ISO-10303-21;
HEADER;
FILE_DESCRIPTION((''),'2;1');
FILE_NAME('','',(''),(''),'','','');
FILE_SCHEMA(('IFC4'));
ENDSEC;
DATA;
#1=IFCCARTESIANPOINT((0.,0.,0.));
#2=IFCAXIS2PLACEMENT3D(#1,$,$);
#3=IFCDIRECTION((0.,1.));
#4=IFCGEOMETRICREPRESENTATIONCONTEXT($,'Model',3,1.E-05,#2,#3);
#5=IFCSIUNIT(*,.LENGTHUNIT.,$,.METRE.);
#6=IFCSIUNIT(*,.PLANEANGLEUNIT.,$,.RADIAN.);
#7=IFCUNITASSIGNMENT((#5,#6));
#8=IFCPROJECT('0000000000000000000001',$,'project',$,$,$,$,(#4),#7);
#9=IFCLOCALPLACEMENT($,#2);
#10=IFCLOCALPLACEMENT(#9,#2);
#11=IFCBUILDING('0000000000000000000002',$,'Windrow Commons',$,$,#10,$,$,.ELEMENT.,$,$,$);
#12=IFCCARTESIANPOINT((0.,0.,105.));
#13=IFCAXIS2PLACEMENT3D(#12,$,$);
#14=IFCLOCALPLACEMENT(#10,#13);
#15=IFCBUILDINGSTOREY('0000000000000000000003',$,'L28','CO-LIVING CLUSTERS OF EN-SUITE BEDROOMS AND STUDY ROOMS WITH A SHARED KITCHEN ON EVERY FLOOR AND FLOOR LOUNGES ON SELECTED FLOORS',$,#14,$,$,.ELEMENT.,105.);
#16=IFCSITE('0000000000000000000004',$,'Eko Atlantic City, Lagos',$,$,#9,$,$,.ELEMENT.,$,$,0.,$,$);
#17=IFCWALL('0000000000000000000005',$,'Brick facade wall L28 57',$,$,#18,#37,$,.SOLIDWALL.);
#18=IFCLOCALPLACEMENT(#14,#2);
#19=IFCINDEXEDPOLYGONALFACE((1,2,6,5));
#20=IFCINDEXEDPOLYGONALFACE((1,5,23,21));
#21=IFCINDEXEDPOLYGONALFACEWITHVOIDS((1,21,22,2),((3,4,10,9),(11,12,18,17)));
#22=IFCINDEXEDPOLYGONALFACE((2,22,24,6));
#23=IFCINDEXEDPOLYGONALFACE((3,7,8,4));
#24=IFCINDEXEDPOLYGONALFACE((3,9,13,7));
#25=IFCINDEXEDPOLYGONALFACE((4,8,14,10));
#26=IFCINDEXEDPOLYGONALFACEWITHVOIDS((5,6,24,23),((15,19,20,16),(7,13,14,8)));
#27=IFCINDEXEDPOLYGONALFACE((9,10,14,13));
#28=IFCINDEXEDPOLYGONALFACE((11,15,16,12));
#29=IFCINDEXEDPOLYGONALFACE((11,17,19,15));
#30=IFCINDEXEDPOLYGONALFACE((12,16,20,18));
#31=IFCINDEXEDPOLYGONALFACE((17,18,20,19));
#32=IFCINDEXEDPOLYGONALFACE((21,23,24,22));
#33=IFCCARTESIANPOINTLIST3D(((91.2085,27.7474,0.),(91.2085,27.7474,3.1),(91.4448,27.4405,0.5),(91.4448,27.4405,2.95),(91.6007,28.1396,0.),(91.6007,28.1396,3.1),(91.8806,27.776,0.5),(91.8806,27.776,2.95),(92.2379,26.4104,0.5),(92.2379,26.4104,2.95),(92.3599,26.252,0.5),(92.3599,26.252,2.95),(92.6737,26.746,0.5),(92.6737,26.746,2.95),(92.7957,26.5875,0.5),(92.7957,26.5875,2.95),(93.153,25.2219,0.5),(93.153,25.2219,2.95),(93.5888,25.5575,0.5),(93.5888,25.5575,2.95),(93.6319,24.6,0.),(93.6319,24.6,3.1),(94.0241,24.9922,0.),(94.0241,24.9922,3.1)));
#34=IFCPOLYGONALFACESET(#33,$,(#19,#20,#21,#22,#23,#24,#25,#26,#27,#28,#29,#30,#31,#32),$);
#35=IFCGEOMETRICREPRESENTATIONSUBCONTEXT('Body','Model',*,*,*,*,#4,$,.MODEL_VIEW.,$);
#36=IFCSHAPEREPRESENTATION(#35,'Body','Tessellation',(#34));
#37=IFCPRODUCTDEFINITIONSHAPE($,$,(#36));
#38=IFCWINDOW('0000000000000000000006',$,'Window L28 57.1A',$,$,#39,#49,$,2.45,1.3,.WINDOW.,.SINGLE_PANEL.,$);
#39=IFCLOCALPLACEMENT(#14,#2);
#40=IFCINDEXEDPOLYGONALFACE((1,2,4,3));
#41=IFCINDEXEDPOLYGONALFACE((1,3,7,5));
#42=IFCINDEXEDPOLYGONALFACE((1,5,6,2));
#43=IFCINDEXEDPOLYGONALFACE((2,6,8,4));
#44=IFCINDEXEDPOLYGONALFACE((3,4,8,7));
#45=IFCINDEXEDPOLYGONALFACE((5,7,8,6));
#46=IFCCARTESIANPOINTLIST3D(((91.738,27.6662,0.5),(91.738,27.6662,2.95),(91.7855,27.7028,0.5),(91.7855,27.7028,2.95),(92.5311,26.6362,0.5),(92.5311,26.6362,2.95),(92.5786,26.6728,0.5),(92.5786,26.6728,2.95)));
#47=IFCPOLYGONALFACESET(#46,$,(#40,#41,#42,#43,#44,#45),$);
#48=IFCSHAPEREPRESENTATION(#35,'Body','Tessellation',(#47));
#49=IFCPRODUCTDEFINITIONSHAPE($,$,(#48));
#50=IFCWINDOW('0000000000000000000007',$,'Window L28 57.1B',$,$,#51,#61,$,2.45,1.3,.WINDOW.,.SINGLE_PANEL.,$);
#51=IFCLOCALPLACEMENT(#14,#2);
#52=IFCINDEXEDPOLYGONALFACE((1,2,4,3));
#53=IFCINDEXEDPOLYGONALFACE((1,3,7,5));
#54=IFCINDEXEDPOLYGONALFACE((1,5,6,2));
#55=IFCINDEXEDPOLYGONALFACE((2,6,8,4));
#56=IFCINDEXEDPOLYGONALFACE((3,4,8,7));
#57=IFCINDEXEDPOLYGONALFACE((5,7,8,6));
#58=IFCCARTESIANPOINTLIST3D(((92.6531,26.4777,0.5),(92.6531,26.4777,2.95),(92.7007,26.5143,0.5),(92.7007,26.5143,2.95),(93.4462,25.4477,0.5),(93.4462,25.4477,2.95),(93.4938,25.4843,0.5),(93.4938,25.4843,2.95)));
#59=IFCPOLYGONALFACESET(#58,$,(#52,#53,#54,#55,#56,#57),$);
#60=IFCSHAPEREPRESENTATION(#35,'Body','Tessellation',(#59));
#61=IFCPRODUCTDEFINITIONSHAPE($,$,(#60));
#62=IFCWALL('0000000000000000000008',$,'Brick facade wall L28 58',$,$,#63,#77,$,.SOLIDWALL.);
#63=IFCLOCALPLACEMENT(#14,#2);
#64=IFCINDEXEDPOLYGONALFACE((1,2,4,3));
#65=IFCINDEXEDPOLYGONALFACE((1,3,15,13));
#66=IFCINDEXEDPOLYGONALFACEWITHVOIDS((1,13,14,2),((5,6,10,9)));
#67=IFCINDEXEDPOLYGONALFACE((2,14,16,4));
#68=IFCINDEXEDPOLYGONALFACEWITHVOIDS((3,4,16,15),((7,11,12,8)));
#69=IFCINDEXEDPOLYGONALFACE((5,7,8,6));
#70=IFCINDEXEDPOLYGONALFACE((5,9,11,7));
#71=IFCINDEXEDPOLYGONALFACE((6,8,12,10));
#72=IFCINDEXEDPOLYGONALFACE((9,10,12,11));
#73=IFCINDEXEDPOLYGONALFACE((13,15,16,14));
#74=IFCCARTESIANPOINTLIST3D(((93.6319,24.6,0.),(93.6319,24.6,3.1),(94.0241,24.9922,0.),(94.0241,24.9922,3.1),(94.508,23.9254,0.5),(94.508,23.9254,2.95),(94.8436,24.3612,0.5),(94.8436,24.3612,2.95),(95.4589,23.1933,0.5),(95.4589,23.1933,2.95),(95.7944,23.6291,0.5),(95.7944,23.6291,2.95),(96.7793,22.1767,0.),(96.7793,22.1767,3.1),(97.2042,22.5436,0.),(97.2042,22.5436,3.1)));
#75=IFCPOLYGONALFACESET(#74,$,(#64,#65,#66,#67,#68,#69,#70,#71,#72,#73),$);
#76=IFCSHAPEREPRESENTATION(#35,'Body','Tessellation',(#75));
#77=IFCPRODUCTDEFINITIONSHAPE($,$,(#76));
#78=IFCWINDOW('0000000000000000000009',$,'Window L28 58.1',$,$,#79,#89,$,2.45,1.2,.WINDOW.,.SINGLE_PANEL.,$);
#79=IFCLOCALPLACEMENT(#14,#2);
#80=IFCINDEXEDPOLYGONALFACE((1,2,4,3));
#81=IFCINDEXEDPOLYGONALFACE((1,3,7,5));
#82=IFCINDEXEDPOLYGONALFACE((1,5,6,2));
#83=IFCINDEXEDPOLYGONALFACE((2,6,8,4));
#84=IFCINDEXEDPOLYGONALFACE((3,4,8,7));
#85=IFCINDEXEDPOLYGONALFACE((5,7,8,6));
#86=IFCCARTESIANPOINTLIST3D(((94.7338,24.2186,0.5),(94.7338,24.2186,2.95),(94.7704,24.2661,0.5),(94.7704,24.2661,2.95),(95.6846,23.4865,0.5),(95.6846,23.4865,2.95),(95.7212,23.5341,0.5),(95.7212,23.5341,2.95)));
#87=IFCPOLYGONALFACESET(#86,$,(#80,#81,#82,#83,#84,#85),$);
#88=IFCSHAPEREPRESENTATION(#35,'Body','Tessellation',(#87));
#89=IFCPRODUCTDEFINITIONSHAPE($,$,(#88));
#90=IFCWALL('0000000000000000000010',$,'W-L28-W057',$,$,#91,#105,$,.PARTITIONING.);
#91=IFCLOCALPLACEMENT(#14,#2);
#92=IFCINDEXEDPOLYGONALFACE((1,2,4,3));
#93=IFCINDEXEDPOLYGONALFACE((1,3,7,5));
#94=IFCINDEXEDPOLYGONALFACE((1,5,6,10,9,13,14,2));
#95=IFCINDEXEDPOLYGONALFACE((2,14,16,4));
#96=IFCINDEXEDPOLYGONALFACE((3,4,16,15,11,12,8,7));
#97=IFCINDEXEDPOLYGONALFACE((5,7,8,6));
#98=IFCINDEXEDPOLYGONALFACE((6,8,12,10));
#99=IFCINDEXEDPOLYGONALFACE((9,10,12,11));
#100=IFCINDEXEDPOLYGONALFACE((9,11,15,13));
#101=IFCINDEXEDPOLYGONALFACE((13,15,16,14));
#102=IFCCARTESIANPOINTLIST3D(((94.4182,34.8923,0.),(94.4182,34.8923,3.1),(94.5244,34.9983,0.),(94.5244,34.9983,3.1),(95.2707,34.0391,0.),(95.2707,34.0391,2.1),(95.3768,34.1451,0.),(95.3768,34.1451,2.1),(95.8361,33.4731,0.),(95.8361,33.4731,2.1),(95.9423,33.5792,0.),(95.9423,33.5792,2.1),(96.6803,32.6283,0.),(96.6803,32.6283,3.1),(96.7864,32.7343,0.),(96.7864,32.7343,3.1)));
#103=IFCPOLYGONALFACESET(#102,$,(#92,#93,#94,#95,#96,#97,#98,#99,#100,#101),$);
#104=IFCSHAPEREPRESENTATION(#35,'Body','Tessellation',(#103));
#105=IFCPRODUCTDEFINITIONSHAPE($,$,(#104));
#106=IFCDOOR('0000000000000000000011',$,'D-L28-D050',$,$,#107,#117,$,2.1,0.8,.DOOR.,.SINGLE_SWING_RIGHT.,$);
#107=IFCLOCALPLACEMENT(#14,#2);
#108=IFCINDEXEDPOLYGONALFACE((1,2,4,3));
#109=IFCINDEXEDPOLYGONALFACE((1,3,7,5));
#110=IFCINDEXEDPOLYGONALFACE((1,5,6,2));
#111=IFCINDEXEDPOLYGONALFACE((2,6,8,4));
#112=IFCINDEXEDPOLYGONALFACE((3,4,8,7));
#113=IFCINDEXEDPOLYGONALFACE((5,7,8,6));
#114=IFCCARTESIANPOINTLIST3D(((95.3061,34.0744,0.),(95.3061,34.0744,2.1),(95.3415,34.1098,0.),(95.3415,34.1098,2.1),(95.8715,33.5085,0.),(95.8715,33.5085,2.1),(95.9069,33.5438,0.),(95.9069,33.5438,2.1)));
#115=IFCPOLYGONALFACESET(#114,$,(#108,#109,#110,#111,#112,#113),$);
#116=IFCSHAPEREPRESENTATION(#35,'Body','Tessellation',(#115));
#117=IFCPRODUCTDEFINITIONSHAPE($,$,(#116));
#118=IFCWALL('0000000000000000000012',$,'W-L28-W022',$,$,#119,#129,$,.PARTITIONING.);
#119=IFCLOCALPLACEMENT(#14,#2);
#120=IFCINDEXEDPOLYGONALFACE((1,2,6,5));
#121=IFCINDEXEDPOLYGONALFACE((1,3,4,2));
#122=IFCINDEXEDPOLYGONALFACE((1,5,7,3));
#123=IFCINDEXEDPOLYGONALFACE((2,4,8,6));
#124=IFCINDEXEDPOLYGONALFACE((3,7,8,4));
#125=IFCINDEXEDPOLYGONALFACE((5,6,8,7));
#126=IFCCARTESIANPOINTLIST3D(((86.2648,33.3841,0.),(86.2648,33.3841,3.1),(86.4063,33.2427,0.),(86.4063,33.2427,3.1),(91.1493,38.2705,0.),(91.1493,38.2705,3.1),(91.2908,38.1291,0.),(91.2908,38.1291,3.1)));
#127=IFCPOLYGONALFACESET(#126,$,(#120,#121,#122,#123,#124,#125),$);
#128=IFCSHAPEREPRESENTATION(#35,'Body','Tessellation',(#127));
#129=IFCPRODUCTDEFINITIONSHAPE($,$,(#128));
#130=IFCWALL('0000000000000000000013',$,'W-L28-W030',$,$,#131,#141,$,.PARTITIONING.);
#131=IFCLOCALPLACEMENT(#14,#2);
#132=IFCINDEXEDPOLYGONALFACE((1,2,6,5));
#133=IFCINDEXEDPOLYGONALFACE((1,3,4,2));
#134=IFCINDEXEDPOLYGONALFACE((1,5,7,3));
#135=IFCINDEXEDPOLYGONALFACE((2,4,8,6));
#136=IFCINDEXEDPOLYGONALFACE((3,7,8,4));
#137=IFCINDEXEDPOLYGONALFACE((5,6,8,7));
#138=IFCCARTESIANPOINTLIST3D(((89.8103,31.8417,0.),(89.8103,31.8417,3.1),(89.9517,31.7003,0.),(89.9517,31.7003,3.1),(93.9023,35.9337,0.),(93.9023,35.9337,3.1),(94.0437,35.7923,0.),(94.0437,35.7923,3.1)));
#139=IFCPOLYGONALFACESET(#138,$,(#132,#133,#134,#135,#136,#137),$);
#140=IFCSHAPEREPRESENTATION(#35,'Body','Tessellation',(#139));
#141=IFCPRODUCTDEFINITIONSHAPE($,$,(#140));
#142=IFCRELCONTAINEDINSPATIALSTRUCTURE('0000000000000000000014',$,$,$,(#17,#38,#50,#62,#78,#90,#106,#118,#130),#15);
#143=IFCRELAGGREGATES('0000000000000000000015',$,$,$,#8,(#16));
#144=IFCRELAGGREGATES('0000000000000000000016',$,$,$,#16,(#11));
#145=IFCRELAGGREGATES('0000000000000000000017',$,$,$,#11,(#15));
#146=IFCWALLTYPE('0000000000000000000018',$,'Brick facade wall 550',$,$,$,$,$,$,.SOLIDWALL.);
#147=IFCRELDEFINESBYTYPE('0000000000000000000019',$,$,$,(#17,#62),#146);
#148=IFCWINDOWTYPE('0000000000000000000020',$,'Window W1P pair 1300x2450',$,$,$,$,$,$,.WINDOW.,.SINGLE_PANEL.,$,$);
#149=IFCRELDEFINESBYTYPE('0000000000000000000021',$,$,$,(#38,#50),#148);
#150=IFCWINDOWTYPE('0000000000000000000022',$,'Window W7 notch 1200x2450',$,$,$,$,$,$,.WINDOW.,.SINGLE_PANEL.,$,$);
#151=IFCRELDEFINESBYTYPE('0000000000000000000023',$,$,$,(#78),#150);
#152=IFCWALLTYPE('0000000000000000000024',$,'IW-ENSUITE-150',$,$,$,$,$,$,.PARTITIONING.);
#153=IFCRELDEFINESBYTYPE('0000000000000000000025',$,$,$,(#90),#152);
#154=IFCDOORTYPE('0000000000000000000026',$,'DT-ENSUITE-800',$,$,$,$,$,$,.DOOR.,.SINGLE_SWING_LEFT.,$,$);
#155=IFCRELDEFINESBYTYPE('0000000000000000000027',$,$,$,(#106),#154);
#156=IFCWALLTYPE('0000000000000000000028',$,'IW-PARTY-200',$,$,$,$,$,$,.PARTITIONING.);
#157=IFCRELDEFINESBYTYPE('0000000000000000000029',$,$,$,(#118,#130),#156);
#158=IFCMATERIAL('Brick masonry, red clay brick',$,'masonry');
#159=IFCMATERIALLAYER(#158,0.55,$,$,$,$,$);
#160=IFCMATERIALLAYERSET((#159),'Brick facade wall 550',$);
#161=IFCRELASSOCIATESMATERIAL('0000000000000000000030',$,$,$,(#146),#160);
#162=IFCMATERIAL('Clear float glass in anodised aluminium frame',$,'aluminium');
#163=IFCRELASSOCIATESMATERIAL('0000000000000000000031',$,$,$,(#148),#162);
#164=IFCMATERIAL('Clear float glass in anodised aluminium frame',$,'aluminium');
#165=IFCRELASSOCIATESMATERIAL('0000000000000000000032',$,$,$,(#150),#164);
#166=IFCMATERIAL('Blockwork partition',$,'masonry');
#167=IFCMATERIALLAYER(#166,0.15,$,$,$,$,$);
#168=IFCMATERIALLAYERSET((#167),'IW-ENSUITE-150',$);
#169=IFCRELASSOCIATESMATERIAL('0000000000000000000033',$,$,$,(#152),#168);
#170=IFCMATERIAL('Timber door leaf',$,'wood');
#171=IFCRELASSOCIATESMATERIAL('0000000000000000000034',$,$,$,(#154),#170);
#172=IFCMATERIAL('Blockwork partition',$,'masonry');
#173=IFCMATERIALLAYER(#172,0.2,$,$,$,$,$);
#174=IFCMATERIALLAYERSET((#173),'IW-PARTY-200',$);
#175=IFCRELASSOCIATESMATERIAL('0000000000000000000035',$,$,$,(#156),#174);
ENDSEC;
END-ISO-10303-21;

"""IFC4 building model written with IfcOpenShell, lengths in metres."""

from ifc_helpers import new_model, si_unit, direction, frame, frame_2d, origin, place, context, subcontext, project, spatial, polyline, rectangle, outline, extrude, material, layer, layer_set, type_object, element, fill, save


model = new_model("IFC4")

# Units and contexts
model_context = context("Model", 3, precision=1e-05, world=origin(), true_north=direction((0.0, 1.0)))
body_context = subcontext(model_context, "Body", "Model", "MODEL_VIEW")
ifc_project = project(units=[si_unit("LENGTHUNIT", "METRE"), si_unit("PLANEANGLEUNIT", "RADIAN")], contexts=[model_context])

# Site, building, storey
site_placement = place(None, origin())
site = spatial("IfcSite", under=ifc_project, at=site_placement, Name="Eko Atlantic City, Lagos", CompositionType="ELEMENT", RefElevation=0.0)
building_placement = place(site_placement, origin())
building = spatial("IfcBuilding", under=site, at=building_placement, Name="Windrow Commons", CompositionType="ELEMENT")
storey_placement = place(building_placement, frame((0.0, 0.0, 105.0)))
storey = spatial("IfcBuildingStorey", under=building, at=storey_placement, Name="L28", Description="CO-LIVING CLUSTERS OF EN-SUITE BEDROOMS AND STUDY ROOMS WITH A SHARED KITCHEN ON EVERY FLOOR AND FLOOR LOUNGES ON SELECTED FLOORS", CompositionType="ELEMENT", Elevation=105.0)

# Wall, openings, windows
ifc_material_1 = material(Name="Brick masonry, red clay brick", Category="masonry")
ifc_layer_1 = layer(ifc_material_1, 0.55)
ifc_layer_set_1 = layer_set([ifc_layer_1], Name="Brick facade wall 550")
wall_type_1 = type_object("IfcWallType", Name="Brick facade wall 550", PredefinedType="SOLIDWALL", material=ifc_layer_set_1)
ifc_material_2 = material(Name="Clear float glass in anodised aluminium frame", Category="aluminium")
window_type_1 = type_object("IfcWindowType", Name="Window W1P pair 1300x2450", PartitioningType="SINGLE_PANEL", PredefinedType="WINDOW", material=ifc_material_2)
wall_1_placement = place(storey_placement, frame((91.4046, 27.9435, 0.0), z_axis=(0.0, 0.0, 1.0), x_axis=(0.610078, -0.792341, 0.0)))
wall_1 = element("IfcWall", 1, at=wall_1_placement, inside=storey, type_object=wall_type_1, Name="Brick facade wall L28 57", PredefinedType="SOLIDWALL", context=body_context, shape_type="SweptSolid", body=[
    extrude(outline(polyline([(0.0357, -0.275), (4.008, -0.275), (3.9365, 0.275), (-0.0357, 0.275), (0.0357, -0.275)])), origin(), (0.0, 0.0, 1.0), 3.1),
])
opening_1_placement = place(wall_1_placement, frame((0.4231, 0.0, 0.5)))
opening_1 = element("IfcOpeningElement", 2, at=opening_1_placement, cuts=wall_1, PredefinedType="OPENING", context=body_context, shape_type="SweptSolid", body=[
    extrude(rectangle(XDim=1.3, YDim=2.45, at=frame_2d((0.65, 1.225))), frame((0.0, 0.285, 0.0), z_axis=(0.0, -1.0, 0.0), x_axis=(1.0, 0.0, 0.0)), (0.0, 0.0, 1.0), 0.57),
])
opening_2_placement = place(wall_1_placement, frame((1.9231, 0.0, 0.5)))
opening_2 = element("IfcOpeningElement", 3, at=opening_2_placement, cuts=wall_1, PredefinedType="OPENING", context=body_context, shape_type="SweptSolid", body=[
    extrude(rectangle(XDim=1.3, YDim=2.45, at=frame_2d((0.65, 1.225))), frame((0.0, 0.285, 0.0), z_axis=(0.0, -1.0, 0.0), x_axis=(1.0, 0.0, 0.0)), (0.0, 0.0, 1.0), 0.57),
])
window_1_placement = place(opening_1_placement, origin())
window_1 = element("IfcWindow", 4, at=window_1_placement, inside=storey, type_object=window_type_1, Name="Window L28 57.1A", OverallHeight=2.45, OverallWidth=1.3, PartitioningType="SINGLE_PANEL", PredefinedType="WINDOW", context=body_context, shape_type="SweptSolid", body=[
    extrude(rectangle(XDim=1.3, YDim=2.45, at=frame_2d((0.65, 1.225))), frame((0.0, 0.155, 0.0), z_axis=(0.0, -1.0, 0.0), x_axis=(1.0, 0.0, 0.0)), (0.0, 0.0, 1.0), 0.06),
])
fill(opening_1, window_1)
window_2_placement = place(opening_2_placement, origin())
window_2 = element("IfcWindow", 5, at=window_2_placement, inside=storey, type_object=window_type_1, Name="Window L28 57.1B", OverallHeight=2.45, OverallWidth=1.3, PartitioningType="SINGLE_PANEL", PredefinedType="WINDOW", context=body_context, shape_type="SweptSolid", body=[
    extrude(rectangle(XDim=1.3, YDim=2.45, at=frame_2d((0.65, 1.225))), frame((0.0, 0.155, 0.0), z_axis=(0.0, -1.0, 0.0), x_axis=(1.0, 0.0, 0.0)), (0.0, 0.0, 1.0), 0.06),
])
fill(opening_2, window_2)

# Wall, opening, window
wall_2_placement = place(storey_placement, frame((93.828, 24.7961, 0.0), z_axis=(0.0, 0.0, 1.0), x_axis=(0.792347, -0.61007, 0.0)))
wall_2 = element("IfcWall", 6, at=wall_2_placement, inside=storey, type_object=wall_type_1, Name="Brick facade wall L28 58", PredefinedType="SOLIDWALL", context=body_context, shape_type="SweptSolid", body=[
    extrude(outline(polyline([(-0.0357, -0.275), (3.9365, -0.275), (4.0493, 0.275), (0.0357, 0.275), (-0.0357, -0.275)])), origin(), (0.0, 0.0, 1.0), 3.1),
])
opening_3_placement = place(wall_2_placement, frame((1.07, 0.0, 0.5)))
opening_3 = element("IfcOpeningElement", 7, at=opening_3_placement, cuts=wall_2, PredefinedType="OPENING", context=body_context, shape_type="SweptSolid", body=[
    extrude(rectangle(XDim=1.2, YDim=2.45, at=frame_2d((0.6, 1.225))), frame((0.0, 0.285, 0.0), z_axis=(0.0, -1.0, 0.0), x_axis=(1.0, 0.0, 0.0)), (0.0, 0.0, 1.0), 0.57),
])
ifc_material_3 = material(Name="Clear float glass in anodised aluminium frame", Category="aluminium")
window_type_2 = type_object("IfcWindowType", Name="Window W7 notch 1200x2450", PartitioningType="SINGLE_PANEL", PredefinedType="WINDOW", material=ifc_material_3)
window_3_placement = place(opening_3_placement, origin())
window_3 = element("IfcWindow", 8, at=window_3_placement, inside=storey, type_object=window_type_2, Name="Window L28 58.1", OverallHeight=2.45, OverallWidth=1.2, PartitioningType="SINGLE_PANEL", PredefinedType="WINDOW", context=body_context, shape_type="SweptSolid", body=[
    extrude(rectangle(XDim=1.2, YDim=2.45, at=frame_2d((0.6, 1.225))), frame((0.0, 0.155, 0.0), z_axis=(0.0, -1.0, 0.0), x_axis=(1.0, 0.0, 0.0)), (0.0, 0.0, 1.0), 0.06),
])
fill(opening_3, window_3)

# Wall, opening, door
ifc_material_4 = material(Name="Blockwork partition", Category="masonry")
ifc_layer_2 = layer(ifc_material_4, 0.15)
ifc_layer_set_2 = layer_set([ifc_layer_2], Name="IW-ENSUITE-150")
wall_type_2 = type_object("IfcWallType", Name="IW-ENSUITE-150", PredefinedType="PARTITIONING", material=ifc_layer_set_2)
wall_3_placement = place(storey_placement, frame((94.4713, 34.9453, 0.0), z_axis=(0.0, 0.0, 1.0), x_axis=(0.706794, -0.707419, 0.0)))
wall_3 = element("IfcWall", 9, at=wall_3_placement, inside=storey, type_object=wall_type_2, Name="W-L28-W057", PredefinedType="PARTITIONING", context=body_context, shape_type="SweptSolid", body=[
    extrude(rectangle(XDim=3.2004, YDim=0.15, at=frame_2d((1.6002, 0.0))), origin(), (0.0, 0.0, 1.0), 3.1),
])
opening_4_placement = place(wall_3_placement, frame((1.2061, 0.0, 0.0)))
opening_4 = element("IfcOpeningElement", 10, at=opening_4_placement, cuts=wall_3, PredefinedType="OPENING", context=body_context, shape_type="SweptSolid", body=[
    extrude(rectangle(XDim=0.8, YDim=2.1, at=frame_2d((0.4, 1.05))), frame((0.0, 0.085, 0.0), z_axis=(0.0, -1.0, 0.0), x_axis=(1.0, 0.0, 0.0)), (0.0, 0.0, 1.0), 0.17),
])
ifc_material_5 = material(Name="Timber door leaf", Category="wood")
door_type = type_object("IfcDoorType", Name="DT-ENSUITE-800", OperationType="SINGLE_SWING_LEFT", PredefinedType="DOOR", material=ifc_material_5)
door_placement = place(opening_4_placement, origin())
door = element("IfcDoor", 11, at=door_placement, inside=storey, type_object=door_type, Name="D-L28-D050", OperationType="SINGLE_SWING_RIGHT", OverallHeight=2.1, OverallWidth=0.8, PredefinedType="DOOR", context=body_context, shape_type="SweptSolid", body=[
    extrude(rectangle(XDim=0.8, YDim=2.1, at=frame_2d((0.4, 1.05))), frame((0.0, 0.025, 0.0), z_axis=(0.0, -1.0, 0.0), x_axis=(1.0, 0.0, 0.0)), (0.0, 0.0, 1.0), 0.05),
])
fill(opening_4, door)

# Walls
ifc_material_6 = material(Name="Blockwork partition", Category="masonry")
ifc_layer_3 = layer(ifc_material_6, 0.2)
ifc_layer_set_3 = layer_set([ifc_layer_3], Name="IW-PARTY-200")
wall_type_3 = type_object("IfcWallType", Name="IW-PARTY-200", PredefinedType="PARTITIONING", material=ifc_layer_set_3)
wall_4_placement = place(storey_placement, frame((86.3356, 33.3134, 0.0), z_axis=(0.0, 0.0, 1.0), x_axis=(0.706962, 0.707252, 0.0)))
element("IfcWall", 12, at=wall_4_placement, inside=storey, type_object=wall_type_3, Name="W-L28-W022", PredefinedType="PARTITIONING", context=body_context, shape_type="SweptSolid", body=[
    extrude(rectangle(XDim=6.9091, YDim=0.2, at=frame_2d((3.4545, 0.0))), origin(), (0.0, 0.0, 1.0), 3.1),
])
wall_5_placement = place(storey_placement, frame((89.881, 31.771, 0.0), z_axis=(0.0, 0.0, 1.0), x_axis=(0.707107, 0.707107, 0.0)))
element("IfcWall", 13, at=wall_5_placement, inside=storey, type_object=wall_type_3, Name="W-L28-W030", PredefinedType="PARTITIONING", context=body_context, shape_type="SweptSolid", body=[
    extrude(rectangle(XDim=5.787, YDim=0.2, at=frame_2d((2.8935, 0.0))), origin(), (0.0, 0.0, 1.0), 3.1),
])

save(model, "model.ifc")
